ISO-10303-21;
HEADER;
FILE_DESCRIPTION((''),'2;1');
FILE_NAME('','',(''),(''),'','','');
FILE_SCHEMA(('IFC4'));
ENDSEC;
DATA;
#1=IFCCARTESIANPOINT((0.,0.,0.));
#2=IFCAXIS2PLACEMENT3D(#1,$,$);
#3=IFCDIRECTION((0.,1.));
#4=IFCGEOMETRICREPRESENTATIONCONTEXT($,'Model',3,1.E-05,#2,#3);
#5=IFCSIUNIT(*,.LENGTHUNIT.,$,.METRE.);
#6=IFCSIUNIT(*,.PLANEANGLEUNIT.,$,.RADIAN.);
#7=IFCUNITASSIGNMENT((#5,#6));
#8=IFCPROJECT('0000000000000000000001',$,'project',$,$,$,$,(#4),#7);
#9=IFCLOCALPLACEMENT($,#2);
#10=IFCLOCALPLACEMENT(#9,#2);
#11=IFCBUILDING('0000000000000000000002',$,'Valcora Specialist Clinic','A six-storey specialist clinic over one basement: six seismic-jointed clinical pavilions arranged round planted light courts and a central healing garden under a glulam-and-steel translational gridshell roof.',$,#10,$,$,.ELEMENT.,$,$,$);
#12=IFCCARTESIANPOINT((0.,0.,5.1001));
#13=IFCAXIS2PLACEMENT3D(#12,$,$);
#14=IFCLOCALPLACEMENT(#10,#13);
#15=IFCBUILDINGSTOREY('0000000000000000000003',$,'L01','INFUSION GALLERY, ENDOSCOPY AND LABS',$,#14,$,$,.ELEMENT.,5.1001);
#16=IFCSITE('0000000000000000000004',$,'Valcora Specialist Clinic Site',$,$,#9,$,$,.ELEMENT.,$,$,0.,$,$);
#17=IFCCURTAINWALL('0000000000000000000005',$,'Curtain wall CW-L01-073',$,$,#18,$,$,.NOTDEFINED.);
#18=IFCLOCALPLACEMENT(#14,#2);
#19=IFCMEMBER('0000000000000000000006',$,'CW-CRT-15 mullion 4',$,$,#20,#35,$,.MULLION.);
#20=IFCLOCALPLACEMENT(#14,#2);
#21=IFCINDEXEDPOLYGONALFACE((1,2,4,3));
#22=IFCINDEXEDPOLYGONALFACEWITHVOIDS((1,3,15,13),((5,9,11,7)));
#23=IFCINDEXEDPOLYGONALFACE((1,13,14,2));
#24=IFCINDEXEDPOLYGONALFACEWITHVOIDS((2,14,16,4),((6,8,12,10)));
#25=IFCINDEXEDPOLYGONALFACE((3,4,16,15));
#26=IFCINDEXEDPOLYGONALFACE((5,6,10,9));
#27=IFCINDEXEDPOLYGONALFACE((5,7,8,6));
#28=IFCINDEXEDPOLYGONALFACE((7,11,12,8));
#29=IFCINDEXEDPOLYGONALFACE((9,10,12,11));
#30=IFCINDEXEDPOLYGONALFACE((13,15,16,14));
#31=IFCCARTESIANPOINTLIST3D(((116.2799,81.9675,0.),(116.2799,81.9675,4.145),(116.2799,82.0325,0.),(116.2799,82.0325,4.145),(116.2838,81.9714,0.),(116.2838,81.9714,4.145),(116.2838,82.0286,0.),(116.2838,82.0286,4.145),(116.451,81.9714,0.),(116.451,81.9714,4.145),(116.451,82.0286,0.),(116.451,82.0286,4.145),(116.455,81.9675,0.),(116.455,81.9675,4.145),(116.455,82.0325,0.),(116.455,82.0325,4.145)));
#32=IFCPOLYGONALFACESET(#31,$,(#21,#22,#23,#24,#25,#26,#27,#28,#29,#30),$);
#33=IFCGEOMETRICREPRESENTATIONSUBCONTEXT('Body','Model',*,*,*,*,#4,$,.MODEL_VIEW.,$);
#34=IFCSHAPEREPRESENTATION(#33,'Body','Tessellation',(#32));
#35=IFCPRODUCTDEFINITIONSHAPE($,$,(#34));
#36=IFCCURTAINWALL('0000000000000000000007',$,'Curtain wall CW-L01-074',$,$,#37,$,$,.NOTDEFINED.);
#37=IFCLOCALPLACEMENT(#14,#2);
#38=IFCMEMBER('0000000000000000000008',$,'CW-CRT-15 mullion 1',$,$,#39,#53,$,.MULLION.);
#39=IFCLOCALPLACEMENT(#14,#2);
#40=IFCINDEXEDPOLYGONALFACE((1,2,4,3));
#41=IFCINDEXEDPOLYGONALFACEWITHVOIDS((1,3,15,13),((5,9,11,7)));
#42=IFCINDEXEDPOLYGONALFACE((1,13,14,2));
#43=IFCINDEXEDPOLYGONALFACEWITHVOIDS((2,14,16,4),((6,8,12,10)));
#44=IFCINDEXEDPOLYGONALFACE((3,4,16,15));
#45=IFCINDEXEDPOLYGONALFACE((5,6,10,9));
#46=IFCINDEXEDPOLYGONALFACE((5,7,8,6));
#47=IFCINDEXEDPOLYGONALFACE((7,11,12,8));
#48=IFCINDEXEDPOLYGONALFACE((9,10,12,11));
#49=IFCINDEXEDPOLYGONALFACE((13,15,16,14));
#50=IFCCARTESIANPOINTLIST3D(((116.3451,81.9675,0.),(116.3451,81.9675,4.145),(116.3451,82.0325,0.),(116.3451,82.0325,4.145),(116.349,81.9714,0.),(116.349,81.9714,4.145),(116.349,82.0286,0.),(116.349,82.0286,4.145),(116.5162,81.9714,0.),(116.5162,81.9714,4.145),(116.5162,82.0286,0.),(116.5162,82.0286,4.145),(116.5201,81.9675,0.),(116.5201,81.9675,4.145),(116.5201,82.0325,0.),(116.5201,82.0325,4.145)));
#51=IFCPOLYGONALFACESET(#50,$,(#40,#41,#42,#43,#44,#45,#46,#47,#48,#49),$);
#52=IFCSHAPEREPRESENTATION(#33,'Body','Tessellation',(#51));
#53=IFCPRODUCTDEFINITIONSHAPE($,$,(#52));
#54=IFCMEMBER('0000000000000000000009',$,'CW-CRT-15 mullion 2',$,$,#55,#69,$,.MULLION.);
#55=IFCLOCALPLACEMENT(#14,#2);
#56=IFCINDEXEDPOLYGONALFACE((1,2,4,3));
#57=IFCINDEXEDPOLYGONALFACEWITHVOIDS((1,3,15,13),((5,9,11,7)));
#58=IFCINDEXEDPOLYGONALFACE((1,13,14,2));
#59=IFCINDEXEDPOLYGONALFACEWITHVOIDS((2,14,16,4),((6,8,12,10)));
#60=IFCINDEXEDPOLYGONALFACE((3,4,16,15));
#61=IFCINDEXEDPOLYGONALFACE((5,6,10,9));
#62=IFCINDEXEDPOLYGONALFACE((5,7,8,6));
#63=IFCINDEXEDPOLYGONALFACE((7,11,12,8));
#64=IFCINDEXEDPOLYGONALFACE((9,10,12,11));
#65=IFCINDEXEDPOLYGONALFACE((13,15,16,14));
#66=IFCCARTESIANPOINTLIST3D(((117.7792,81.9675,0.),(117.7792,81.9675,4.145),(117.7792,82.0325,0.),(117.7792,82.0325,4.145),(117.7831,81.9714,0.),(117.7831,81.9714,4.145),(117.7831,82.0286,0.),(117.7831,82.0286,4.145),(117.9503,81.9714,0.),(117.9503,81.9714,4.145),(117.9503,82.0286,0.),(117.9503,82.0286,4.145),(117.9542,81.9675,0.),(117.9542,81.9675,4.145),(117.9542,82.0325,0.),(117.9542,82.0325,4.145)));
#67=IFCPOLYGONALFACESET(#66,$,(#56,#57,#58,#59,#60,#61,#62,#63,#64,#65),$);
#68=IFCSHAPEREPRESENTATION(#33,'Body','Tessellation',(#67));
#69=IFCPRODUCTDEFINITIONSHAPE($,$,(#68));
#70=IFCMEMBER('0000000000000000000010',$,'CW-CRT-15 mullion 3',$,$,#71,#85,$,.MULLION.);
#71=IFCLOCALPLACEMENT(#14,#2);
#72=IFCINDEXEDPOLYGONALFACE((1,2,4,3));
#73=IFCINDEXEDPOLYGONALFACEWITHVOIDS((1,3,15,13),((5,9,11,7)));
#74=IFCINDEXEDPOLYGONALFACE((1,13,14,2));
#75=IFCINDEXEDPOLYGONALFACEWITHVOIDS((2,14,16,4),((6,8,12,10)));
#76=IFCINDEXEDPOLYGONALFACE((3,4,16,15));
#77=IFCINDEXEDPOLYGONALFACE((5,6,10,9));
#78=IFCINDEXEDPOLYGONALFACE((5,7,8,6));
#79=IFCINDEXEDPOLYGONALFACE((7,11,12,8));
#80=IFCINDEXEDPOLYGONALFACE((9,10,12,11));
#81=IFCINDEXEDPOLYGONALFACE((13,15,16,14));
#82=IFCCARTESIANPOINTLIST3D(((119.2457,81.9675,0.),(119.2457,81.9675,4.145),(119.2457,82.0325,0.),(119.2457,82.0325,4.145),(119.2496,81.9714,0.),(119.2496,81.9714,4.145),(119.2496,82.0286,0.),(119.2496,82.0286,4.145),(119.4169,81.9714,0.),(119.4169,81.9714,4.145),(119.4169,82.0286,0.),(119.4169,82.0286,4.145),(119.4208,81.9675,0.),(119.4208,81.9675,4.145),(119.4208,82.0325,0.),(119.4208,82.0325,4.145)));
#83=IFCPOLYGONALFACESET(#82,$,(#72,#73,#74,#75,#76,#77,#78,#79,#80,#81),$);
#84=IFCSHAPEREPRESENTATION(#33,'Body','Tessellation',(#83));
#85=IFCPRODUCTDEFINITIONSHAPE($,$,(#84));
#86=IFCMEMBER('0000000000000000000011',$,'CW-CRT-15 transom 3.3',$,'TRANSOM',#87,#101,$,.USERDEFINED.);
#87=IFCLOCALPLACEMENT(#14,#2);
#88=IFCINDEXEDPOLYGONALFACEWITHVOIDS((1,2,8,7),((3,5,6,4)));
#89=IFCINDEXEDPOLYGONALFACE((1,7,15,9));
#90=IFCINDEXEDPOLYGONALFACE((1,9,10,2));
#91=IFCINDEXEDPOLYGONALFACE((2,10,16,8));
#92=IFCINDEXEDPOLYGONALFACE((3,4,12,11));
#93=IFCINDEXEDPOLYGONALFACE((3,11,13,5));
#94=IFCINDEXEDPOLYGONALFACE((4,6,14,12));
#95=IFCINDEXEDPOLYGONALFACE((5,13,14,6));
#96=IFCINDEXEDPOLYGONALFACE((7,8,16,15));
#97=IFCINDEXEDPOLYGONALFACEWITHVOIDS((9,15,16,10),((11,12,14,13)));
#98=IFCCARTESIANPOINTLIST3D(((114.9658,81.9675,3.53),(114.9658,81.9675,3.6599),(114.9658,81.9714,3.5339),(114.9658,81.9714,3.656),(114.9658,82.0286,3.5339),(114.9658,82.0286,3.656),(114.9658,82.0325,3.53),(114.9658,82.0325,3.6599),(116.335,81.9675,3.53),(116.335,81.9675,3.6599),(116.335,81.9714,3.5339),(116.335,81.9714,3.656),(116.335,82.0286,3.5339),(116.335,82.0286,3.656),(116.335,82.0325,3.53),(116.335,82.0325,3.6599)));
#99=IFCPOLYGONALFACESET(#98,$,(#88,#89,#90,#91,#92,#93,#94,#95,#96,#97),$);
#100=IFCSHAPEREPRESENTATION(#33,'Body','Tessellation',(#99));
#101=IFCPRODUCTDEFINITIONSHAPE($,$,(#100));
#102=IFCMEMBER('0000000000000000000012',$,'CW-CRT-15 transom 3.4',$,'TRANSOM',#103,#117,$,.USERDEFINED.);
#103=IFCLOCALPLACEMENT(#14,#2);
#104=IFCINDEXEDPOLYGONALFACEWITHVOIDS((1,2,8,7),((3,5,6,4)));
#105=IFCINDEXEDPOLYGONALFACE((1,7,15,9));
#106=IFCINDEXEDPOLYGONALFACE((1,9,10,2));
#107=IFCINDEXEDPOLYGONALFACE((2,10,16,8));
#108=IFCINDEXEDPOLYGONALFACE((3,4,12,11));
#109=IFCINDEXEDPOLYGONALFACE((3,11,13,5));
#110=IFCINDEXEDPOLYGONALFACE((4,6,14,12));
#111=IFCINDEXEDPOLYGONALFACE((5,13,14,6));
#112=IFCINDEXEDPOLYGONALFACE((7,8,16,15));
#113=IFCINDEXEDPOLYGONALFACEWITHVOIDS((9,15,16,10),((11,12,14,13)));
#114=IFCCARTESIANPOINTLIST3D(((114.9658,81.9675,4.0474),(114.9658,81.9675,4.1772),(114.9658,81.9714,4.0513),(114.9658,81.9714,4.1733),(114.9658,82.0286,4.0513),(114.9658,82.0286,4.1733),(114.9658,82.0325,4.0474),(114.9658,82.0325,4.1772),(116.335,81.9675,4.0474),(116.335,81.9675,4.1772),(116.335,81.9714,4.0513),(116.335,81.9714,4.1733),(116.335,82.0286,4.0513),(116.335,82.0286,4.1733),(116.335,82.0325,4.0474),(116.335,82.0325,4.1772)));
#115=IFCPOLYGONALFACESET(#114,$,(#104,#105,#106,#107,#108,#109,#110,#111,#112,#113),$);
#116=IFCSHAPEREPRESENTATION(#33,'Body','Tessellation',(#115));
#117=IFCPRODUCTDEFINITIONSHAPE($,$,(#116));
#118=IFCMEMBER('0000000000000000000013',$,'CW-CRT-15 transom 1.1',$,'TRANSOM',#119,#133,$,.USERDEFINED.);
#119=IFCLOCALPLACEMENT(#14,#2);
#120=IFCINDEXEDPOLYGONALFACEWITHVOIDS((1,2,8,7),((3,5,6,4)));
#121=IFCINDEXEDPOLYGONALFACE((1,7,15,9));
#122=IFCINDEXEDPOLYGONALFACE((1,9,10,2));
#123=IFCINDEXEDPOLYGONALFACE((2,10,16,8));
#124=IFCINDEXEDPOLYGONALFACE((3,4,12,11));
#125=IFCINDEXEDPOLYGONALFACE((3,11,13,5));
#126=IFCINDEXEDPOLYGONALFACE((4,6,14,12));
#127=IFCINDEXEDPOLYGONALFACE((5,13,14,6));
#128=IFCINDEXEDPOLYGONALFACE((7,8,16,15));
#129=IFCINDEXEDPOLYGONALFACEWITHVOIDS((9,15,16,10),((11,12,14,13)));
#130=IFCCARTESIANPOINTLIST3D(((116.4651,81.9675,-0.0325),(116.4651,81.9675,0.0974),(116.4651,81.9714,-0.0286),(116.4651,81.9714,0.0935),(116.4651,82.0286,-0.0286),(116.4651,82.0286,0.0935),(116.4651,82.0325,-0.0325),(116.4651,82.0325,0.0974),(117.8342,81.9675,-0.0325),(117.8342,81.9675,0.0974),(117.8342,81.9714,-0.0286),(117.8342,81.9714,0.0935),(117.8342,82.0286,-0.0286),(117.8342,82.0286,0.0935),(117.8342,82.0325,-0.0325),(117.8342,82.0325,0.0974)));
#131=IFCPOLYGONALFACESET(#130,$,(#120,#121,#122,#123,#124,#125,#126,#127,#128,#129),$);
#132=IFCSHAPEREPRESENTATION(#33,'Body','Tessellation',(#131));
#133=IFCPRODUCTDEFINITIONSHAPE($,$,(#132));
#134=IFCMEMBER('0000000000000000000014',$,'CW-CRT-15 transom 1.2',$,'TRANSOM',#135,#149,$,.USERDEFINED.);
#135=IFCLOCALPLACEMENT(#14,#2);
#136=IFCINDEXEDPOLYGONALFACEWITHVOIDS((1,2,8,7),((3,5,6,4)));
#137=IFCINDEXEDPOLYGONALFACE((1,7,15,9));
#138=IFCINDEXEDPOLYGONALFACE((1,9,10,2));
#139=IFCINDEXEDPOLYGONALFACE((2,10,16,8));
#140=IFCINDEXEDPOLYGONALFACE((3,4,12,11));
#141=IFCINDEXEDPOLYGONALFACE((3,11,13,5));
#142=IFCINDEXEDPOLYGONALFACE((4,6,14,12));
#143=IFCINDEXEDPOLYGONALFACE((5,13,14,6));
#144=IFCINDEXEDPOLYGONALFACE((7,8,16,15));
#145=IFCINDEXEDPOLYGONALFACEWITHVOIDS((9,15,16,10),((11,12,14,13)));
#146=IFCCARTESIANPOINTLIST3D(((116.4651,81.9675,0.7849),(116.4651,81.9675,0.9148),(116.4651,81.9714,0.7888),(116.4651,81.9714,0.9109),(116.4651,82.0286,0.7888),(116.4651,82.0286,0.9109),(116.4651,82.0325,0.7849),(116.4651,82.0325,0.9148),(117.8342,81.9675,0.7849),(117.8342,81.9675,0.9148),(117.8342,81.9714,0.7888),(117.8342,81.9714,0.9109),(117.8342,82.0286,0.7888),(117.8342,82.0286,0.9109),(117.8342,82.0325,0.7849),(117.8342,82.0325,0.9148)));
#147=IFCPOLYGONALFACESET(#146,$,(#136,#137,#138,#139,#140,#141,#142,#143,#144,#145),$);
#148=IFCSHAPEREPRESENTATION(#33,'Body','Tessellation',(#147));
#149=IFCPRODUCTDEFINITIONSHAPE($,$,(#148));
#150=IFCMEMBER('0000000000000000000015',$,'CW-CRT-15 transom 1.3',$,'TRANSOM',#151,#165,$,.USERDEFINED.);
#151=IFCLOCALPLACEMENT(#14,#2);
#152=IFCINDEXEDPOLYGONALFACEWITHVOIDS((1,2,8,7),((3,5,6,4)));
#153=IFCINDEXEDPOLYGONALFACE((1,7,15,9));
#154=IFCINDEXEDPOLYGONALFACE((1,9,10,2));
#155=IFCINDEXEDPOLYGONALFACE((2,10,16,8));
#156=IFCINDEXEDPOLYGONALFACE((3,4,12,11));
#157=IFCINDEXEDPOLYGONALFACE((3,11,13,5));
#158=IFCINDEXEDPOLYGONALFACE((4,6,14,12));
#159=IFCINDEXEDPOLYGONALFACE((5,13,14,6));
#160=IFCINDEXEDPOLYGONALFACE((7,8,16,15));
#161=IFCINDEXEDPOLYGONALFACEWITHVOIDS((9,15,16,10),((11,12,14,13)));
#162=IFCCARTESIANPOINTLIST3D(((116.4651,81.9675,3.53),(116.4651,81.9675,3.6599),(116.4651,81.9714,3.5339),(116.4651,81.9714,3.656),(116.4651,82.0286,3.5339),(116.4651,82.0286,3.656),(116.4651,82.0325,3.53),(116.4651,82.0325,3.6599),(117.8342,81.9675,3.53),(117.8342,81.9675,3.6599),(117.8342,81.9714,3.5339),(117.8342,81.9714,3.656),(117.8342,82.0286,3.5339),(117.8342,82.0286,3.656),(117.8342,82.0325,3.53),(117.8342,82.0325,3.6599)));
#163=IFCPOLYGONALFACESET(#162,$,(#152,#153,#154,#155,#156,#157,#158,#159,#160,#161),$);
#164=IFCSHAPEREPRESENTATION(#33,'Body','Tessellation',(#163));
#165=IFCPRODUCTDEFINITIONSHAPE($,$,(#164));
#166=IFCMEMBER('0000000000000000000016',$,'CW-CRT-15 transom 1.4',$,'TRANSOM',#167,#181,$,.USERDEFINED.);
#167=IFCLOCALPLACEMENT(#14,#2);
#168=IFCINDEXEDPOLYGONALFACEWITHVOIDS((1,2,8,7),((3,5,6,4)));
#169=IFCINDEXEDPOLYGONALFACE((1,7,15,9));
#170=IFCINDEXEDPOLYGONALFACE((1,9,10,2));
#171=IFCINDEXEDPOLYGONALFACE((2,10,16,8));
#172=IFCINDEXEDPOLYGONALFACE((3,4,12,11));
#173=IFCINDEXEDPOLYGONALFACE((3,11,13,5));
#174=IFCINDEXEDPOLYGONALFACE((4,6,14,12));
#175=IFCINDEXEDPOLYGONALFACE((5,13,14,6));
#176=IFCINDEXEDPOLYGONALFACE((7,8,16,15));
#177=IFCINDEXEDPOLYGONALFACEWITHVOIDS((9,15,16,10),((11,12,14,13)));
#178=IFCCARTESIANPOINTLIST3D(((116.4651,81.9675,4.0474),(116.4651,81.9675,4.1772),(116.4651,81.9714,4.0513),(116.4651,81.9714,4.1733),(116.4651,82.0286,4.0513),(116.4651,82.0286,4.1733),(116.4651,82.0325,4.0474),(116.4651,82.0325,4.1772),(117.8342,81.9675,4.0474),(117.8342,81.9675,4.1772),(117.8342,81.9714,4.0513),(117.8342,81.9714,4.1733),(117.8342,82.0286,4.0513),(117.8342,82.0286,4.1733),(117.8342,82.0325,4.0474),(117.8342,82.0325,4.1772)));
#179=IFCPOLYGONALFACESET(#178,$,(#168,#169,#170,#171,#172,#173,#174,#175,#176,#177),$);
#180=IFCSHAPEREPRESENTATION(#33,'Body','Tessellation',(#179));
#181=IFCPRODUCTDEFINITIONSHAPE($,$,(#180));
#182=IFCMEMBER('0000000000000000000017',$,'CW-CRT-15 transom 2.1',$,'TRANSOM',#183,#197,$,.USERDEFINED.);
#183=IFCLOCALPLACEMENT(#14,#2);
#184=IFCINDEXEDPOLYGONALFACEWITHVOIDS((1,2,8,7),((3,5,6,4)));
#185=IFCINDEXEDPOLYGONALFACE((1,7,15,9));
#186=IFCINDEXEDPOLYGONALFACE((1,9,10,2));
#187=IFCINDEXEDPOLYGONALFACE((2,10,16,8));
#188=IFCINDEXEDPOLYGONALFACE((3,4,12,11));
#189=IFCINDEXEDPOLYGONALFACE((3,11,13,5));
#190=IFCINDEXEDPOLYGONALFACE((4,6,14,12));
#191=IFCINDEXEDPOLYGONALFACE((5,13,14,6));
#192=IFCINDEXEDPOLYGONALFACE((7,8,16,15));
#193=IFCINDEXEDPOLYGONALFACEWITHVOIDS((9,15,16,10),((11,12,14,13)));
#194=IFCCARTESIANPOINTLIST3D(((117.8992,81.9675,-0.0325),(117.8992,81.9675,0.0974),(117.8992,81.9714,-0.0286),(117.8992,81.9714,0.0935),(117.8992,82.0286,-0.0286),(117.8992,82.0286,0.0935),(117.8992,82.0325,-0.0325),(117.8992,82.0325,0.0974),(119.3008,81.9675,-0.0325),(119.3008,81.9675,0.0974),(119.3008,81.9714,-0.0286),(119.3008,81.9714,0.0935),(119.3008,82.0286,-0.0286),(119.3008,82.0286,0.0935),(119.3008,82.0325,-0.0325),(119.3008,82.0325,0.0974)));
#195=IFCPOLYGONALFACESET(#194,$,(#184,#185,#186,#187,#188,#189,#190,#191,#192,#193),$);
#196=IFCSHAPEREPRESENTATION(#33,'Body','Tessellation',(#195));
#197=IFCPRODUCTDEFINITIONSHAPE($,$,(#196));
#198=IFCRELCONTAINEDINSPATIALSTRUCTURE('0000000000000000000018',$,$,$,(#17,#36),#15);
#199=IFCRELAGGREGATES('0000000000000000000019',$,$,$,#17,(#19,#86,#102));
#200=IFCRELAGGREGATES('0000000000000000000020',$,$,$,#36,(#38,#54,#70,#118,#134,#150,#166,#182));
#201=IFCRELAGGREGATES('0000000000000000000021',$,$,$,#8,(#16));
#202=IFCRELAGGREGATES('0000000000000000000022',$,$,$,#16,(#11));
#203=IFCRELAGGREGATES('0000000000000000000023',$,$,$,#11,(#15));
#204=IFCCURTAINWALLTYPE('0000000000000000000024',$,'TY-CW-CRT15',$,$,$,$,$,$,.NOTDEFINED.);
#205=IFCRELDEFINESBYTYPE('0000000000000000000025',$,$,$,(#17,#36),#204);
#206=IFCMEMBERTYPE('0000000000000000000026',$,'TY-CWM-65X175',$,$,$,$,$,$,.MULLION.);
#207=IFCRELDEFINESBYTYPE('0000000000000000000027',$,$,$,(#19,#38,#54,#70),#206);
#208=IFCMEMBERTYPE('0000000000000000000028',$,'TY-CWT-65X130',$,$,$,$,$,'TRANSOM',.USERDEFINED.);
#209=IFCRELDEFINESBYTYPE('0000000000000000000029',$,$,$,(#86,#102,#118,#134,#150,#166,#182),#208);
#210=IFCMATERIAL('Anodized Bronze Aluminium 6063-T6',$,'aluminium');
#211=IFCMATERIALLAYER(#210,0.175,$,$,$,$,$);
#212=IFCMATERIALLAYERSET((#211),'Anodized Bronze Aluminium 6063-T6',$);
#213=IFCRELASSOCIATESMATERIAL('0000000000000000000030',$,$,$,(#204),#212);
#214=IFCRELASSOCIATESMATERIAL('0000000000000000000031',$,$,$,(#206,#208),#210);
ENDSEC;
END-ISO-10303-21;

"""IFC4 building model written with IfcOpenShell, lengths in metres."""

from ifc_helpers import new_model, si_unit, direction, frame, origin, origin_2d, place, context, subcontext, project, spatial, hollow_rectangle, extrude, material, layer, layer_set, material_profile, profile_set, type_object, element, aggregate, save


model = new_model("IFC4")

# Units and contexts
model_context = context("Model", 3, precision=1e-05, world=origin(), true_north=direction((0.0, 1.0)))
body_context = subcontext(model_context, "Body", "Model", "MODEL_VIEW")
ifc_project = project(units=[si_unit("LENGTHUNIT", "METRE"), si_unit("PLANEANGLEUNIT", "RADIAN")], contexts=[model_context])

# Site, building, storey
site_placement = place(None, origin())
site = spatial("IfcSite", under=ifc_project, at=site_placement, Name="Valcora Specialist Clinic Site", CompositionType="ELEMENT", RefElevation=0.0)
building_placement = place(site_placement, origin())
building = spatial("IfcBuilding", under=site, at=building_placement, Name="Valcora Specialist Clinic", Description="A six-storey specialist clinic over one basement: six seismic-jointed clinical pavilions arranged round planted light courts and a central healing garden under a glulam-and-steel translational gridshell roof.", CompositionType="ELEMENT")
storey_placement = place(building_placement, frame((0.0, 0.0, 5.1001)))
storey = spatial("IfcBuildingStorey", under=building, at=storey_placement, Name="L01", Description="INFUSION GALLERY, ENDOSCOPY AND LABS", CompositionType="ELEMENT", Elevation=5.1001)

# Curtain wall, member
ifc_material_1 = material(Name="Anodized Bronze Aluminium 6063-T6", Category="aluminium")
ifc_layer_1 = layer(ifc_material_1, 0.175)
ifc_layer_set_1 = layer_set([ifc_layer_1], Name="Anodized Bronze Aluminium 6063-T6")
curtain_wall_type = type_object("IfcCurtainWallType", Name="TY-CW-CRT15", PredefinedType="NOTDEFINED", material=ifc_layer_set_1)
curtain_wall_1_placement = place(storey_placement, origin())
curtain_wall_1 = element("IfcCurtainWall", 1, at=curtain_wall_1_placement, inside=storey, type_object=curtain_wall_type, Name="Curtain wall CW-L01-073", PredefinedType="NOTDEFINED")
ifc_material_profile_1 = material_profile(ifc_material_1, hollow_rectangle(XDim=0.0649, YDim=0.175, WallThickness=0.0039, at=origin_2d()), Name="AL-MUL-65X175")
ifc_profile_set_1 = profile_set([ifc_material_profile_1], Name="Anodized Bronze Aluminium 6063-T6")
member_type_1 = type_object("IfcMemberType", Name="TY-CWM-65X175", PredefinedType="MULLION", material=ifc_profile_set_1)
member_1_placement = place(storey_placement, frame((116.3674, 82.0, 0.0), z_axis=(0.0, 0.0, 1.0), x_axis=(0.0, 1.0, 0.0)))
member_1 = element("IfcMember", 2, at=member_1_placement, type_object=member_type_1, Name="CW-CRT-15 mullion 4", PredefinedType="MULLION", context=body_context, shape_type="SweptSolid", body=[
    extrude(hollow_rectangle(XDim=0.0649, YDim=0.175, WallThickness=0.0039, at=origin_2d()), origin(), (0.0, 0.0, 1.0), 4.145),
])

# Curtain wall, members
curtain_wall_2_placement = place(storey_placement, origin())
curtain_wall_2 = element("IfcCurtainWall", 3, at=curtain_wall_2_placement, inside=storey, type_object=curtain_wall_type, Name="Curtain wall CW-L01-074", PredefinedType="NOTDEFINED")
member_2_placement = place(storey_placement, frame((116.4326, 82.0, 0.0), z_axis=(0.0, 0.0, 1.0), x_axis=(0.0, 1.0, 0.0)))
member_2 = element("IfcMember", 4, at=member_2_placement, type_object=member_type_1, Name="CW-CRT-15 mullion 1", PredefinedType="MULLION", context=body_context, shape_type="SweptSolid", body=[
    extrude(hollow_rectangle(XDim=0.0649, YDim=0.175, WallThickness=0.0039, at=origin_2d()), origin(), (0.0, 0.0, 1.0), 4.145),
])
member_3_placement = place(storey_placement, frame((117.8667, 82.0, 0.0), z_axis=(0.0, 0.0, 1.0), x_axis=(0.0, 1.0, 0.0)))
member_3 = element("IfcMember", 5, at=member_3_placement, type_object=member_type_1, Name="CW-CRT-15 mullion 2", PredefinedType="MULLION", context=body_context, shape_type="SweptSolid", body=[
    extrude(hollow_rectangle(XDim=0.0649, YDim=0.175, WallThickness=0.0039, at=origin_2d()), origin(), (0.0, 0.0, 1.0), 4.145),
])
member_4_placement = place(storey_placement, frame((119.3333, 82.0, 0.0), z_axis=(0.0, 0.0, 1.0), x_axis=(0.0, 1.0, 0.0)))
member_4 = element("IfcMember", 6, at=member_4_placement, type_object=member_type_1, Name="CW-CRT-15 mullion 3", PredefinedType="MULLION", context=body_context, shape_type="SweptSolid", body=[
    extrude(hollow_rectangle(XDim=0.0649, YDim=0.175, WallThickness=0.0039, at=origin_2d()), origin(), (0.0, 0.0, 1.0), 4.145),
])

# Members
ifc_material_profile_2 = material_profile(ifc_material_1, hollow_rectangle(XDim=0.0649, YDim=0.1299, WallThickness=0.0039, at=origin_2d()), Name="AL-TRN-65X130")
ifc_profile_set_2 = profile_set([ifc_material_profile_2], Name="Anodized Bronze Aluminium 6063-T6")
member_type_2 = type_object("IfcMemberType", Name="TY-CWT-65X130", ElementType="TRANSOM", PredefinedType="USERDEFINED", material=ifc_profile_set_2)
member_5_placement = place(storey_placement, frame((114.9658, 82.0, 3.595), z_axis=(1.0, 0.0, 0.0), x_axis=(0.0, 1.0, 0.0)))
member_5 = element("IfcMember", 7, at=member_5_placement, type_object=member_type_2, Name="CW-CRT-15 transom 3.3", ObjectType="TRANSOM", PredefinedType="USERDEFINED", context=body_context, shape_type="SweptSolid", body=[
    extrude(hollow_rectangle(XDim=0.0649, YDim=0.1299, WallThickness=0.0039, at=origin_2d()), origin(), (0.0, 0.0, 1.0), 1.3691),
])
member_6_placement = place(storey_placement, frame((114.9658, 82.0, 4.1123), z_axis=(1.0, 0.0, 0.0), x_axis=(0.0, 1.0, 0.0)))
member_6 = element("IfcMember", 8, at=member_6_placement, type_object=member_type_2, Name="CW-CRT-15 transom 3.4", ObjectType="TRANSOM", PredefinedType="USERDEFINED", context=body_context, shape_type="SweptSolid", body=[
    extrude(hollow_rectangle(XDim=0.0649, YDim=0.1299, WallThickness=0.0039, at=origin_2d()), origin(), (0.0, 0.0, 1.0), 1.3691),
])
member_7_placement = place(storey_placement, frame((116.4651, 82.0, 0.0325), z_axis=(1.0, 0.0, 0.0), x_axis=(0.0, 1.0, 0.0)))
member_7 = element("IfcMember", 9, at=member_7_placement, type_object=member_type_2, Name="CW-CRT-15 transom 1.1", ObjectType="TRANSOM", PredefinedType="USERDEFINED", context=body_context, shape_type="SweptSolid", body=[
    extrude(hollow_rectangle(XDim=0.0649, YDim=0.1299, WallThickness=0.0039, at=origin_2d()), origin(), (0.0, 0.0, 1.0), 1.3691),
])
member_8_placement = place(storey_placement, frame((116.4651, 82.0, 0.8499), z_axis=(1.0, 0.0, 0.0), x_axis=(0.0, 1.0, 0.0)))
member_8 = element("IfcMember", 10, at=member_8_placement, type_object=member_type_2, Name="CW-CRT-15 transom 1.2", ObjectType="TRANSOM", PredefinedType="USERDEFINED", context=body_context, shape_type="SweptSolid", body=[
    extrude(hollow_rectangle(XDim=0.0649, YDim=0.1299, WallThickness=0.0039, at=origin_2d()), origin(), (0.0, 0.0, 1.0), 1.3691),
])
member_9_placement = place(storey_placement, frame((116.4651, 82.0, 3.595), z_axis=(1.0, 0.0, 0.0), x_axis=(0.0, 1.0, 0.0)))
member_9 = element("IfcMember", 11, at=member_9_placement, type_object=member_type_2, Name="CW-CRT-15 transom 1.3", ObjectType="TRANSOM", PredefinedType="USERDEFINED", context=body_context, shape_type="SweptSolid", body=[
    extrude(hollow_rectangle(XDim=0.0649, YDim=0.1299, WallThickness=0.0039, at=origin_2d()), origin(), (0.0, 0.0, 1.0), 1.3691),
])
member_10_placement = place(storey_placement, frame((116.4651, 82.0, 4.1123), z_axis=(1.0, 0.0, 0.0), x_axis=(0.0, 1.0, 0.0)))
member_10 = element("IfcMember", 12, at=member_10_placement, type_object=member_type_2, Name="CW-CRT-15 transom 1.4", ObjectType="TRANSOM", PredefinedType="USERDEFINED", context=body_context, shape_type="SweptSolid", body=[
    extrude(hollow_rectangle(XDim=0.0649, YDim=0.1299, WallThickness=0.0039, at=origin_2d()), origin(), (0.0, 0.0, 1.0), 1.3691),
])
member_11_placement = place(storey_placement, frame((117.8992, 82.0, 0.0325), z_axis=(1.0, 0.0, 0.0), x_axis=(0.0, 1.0, 0.0)))
member_11 = element("IfcMember", 13, at=member_11_placement, type_object=member_type_2, Name="CW-CRT-15 transom 2.1", ObjectType="TRANSOM", PredefinedType="USERDEFINED", context=body_context, shape_type="SweptSolid", body=[
    extrude(hollow_rectangle(XDim=0.0649, YDim=0.1299, WallThickness=0.0039, at=origin_2d()), origin(), (0.0, 0.0, 1.0), 1.4016),
])

aggregate(curtain_wall_1, [member_1, member_5, member_6])
aggregate(curtain_wall_2, [member_2, member_3, member_4, member_7, member_8, member_9, member_10, member_11])

save(model, "model.ifc")
